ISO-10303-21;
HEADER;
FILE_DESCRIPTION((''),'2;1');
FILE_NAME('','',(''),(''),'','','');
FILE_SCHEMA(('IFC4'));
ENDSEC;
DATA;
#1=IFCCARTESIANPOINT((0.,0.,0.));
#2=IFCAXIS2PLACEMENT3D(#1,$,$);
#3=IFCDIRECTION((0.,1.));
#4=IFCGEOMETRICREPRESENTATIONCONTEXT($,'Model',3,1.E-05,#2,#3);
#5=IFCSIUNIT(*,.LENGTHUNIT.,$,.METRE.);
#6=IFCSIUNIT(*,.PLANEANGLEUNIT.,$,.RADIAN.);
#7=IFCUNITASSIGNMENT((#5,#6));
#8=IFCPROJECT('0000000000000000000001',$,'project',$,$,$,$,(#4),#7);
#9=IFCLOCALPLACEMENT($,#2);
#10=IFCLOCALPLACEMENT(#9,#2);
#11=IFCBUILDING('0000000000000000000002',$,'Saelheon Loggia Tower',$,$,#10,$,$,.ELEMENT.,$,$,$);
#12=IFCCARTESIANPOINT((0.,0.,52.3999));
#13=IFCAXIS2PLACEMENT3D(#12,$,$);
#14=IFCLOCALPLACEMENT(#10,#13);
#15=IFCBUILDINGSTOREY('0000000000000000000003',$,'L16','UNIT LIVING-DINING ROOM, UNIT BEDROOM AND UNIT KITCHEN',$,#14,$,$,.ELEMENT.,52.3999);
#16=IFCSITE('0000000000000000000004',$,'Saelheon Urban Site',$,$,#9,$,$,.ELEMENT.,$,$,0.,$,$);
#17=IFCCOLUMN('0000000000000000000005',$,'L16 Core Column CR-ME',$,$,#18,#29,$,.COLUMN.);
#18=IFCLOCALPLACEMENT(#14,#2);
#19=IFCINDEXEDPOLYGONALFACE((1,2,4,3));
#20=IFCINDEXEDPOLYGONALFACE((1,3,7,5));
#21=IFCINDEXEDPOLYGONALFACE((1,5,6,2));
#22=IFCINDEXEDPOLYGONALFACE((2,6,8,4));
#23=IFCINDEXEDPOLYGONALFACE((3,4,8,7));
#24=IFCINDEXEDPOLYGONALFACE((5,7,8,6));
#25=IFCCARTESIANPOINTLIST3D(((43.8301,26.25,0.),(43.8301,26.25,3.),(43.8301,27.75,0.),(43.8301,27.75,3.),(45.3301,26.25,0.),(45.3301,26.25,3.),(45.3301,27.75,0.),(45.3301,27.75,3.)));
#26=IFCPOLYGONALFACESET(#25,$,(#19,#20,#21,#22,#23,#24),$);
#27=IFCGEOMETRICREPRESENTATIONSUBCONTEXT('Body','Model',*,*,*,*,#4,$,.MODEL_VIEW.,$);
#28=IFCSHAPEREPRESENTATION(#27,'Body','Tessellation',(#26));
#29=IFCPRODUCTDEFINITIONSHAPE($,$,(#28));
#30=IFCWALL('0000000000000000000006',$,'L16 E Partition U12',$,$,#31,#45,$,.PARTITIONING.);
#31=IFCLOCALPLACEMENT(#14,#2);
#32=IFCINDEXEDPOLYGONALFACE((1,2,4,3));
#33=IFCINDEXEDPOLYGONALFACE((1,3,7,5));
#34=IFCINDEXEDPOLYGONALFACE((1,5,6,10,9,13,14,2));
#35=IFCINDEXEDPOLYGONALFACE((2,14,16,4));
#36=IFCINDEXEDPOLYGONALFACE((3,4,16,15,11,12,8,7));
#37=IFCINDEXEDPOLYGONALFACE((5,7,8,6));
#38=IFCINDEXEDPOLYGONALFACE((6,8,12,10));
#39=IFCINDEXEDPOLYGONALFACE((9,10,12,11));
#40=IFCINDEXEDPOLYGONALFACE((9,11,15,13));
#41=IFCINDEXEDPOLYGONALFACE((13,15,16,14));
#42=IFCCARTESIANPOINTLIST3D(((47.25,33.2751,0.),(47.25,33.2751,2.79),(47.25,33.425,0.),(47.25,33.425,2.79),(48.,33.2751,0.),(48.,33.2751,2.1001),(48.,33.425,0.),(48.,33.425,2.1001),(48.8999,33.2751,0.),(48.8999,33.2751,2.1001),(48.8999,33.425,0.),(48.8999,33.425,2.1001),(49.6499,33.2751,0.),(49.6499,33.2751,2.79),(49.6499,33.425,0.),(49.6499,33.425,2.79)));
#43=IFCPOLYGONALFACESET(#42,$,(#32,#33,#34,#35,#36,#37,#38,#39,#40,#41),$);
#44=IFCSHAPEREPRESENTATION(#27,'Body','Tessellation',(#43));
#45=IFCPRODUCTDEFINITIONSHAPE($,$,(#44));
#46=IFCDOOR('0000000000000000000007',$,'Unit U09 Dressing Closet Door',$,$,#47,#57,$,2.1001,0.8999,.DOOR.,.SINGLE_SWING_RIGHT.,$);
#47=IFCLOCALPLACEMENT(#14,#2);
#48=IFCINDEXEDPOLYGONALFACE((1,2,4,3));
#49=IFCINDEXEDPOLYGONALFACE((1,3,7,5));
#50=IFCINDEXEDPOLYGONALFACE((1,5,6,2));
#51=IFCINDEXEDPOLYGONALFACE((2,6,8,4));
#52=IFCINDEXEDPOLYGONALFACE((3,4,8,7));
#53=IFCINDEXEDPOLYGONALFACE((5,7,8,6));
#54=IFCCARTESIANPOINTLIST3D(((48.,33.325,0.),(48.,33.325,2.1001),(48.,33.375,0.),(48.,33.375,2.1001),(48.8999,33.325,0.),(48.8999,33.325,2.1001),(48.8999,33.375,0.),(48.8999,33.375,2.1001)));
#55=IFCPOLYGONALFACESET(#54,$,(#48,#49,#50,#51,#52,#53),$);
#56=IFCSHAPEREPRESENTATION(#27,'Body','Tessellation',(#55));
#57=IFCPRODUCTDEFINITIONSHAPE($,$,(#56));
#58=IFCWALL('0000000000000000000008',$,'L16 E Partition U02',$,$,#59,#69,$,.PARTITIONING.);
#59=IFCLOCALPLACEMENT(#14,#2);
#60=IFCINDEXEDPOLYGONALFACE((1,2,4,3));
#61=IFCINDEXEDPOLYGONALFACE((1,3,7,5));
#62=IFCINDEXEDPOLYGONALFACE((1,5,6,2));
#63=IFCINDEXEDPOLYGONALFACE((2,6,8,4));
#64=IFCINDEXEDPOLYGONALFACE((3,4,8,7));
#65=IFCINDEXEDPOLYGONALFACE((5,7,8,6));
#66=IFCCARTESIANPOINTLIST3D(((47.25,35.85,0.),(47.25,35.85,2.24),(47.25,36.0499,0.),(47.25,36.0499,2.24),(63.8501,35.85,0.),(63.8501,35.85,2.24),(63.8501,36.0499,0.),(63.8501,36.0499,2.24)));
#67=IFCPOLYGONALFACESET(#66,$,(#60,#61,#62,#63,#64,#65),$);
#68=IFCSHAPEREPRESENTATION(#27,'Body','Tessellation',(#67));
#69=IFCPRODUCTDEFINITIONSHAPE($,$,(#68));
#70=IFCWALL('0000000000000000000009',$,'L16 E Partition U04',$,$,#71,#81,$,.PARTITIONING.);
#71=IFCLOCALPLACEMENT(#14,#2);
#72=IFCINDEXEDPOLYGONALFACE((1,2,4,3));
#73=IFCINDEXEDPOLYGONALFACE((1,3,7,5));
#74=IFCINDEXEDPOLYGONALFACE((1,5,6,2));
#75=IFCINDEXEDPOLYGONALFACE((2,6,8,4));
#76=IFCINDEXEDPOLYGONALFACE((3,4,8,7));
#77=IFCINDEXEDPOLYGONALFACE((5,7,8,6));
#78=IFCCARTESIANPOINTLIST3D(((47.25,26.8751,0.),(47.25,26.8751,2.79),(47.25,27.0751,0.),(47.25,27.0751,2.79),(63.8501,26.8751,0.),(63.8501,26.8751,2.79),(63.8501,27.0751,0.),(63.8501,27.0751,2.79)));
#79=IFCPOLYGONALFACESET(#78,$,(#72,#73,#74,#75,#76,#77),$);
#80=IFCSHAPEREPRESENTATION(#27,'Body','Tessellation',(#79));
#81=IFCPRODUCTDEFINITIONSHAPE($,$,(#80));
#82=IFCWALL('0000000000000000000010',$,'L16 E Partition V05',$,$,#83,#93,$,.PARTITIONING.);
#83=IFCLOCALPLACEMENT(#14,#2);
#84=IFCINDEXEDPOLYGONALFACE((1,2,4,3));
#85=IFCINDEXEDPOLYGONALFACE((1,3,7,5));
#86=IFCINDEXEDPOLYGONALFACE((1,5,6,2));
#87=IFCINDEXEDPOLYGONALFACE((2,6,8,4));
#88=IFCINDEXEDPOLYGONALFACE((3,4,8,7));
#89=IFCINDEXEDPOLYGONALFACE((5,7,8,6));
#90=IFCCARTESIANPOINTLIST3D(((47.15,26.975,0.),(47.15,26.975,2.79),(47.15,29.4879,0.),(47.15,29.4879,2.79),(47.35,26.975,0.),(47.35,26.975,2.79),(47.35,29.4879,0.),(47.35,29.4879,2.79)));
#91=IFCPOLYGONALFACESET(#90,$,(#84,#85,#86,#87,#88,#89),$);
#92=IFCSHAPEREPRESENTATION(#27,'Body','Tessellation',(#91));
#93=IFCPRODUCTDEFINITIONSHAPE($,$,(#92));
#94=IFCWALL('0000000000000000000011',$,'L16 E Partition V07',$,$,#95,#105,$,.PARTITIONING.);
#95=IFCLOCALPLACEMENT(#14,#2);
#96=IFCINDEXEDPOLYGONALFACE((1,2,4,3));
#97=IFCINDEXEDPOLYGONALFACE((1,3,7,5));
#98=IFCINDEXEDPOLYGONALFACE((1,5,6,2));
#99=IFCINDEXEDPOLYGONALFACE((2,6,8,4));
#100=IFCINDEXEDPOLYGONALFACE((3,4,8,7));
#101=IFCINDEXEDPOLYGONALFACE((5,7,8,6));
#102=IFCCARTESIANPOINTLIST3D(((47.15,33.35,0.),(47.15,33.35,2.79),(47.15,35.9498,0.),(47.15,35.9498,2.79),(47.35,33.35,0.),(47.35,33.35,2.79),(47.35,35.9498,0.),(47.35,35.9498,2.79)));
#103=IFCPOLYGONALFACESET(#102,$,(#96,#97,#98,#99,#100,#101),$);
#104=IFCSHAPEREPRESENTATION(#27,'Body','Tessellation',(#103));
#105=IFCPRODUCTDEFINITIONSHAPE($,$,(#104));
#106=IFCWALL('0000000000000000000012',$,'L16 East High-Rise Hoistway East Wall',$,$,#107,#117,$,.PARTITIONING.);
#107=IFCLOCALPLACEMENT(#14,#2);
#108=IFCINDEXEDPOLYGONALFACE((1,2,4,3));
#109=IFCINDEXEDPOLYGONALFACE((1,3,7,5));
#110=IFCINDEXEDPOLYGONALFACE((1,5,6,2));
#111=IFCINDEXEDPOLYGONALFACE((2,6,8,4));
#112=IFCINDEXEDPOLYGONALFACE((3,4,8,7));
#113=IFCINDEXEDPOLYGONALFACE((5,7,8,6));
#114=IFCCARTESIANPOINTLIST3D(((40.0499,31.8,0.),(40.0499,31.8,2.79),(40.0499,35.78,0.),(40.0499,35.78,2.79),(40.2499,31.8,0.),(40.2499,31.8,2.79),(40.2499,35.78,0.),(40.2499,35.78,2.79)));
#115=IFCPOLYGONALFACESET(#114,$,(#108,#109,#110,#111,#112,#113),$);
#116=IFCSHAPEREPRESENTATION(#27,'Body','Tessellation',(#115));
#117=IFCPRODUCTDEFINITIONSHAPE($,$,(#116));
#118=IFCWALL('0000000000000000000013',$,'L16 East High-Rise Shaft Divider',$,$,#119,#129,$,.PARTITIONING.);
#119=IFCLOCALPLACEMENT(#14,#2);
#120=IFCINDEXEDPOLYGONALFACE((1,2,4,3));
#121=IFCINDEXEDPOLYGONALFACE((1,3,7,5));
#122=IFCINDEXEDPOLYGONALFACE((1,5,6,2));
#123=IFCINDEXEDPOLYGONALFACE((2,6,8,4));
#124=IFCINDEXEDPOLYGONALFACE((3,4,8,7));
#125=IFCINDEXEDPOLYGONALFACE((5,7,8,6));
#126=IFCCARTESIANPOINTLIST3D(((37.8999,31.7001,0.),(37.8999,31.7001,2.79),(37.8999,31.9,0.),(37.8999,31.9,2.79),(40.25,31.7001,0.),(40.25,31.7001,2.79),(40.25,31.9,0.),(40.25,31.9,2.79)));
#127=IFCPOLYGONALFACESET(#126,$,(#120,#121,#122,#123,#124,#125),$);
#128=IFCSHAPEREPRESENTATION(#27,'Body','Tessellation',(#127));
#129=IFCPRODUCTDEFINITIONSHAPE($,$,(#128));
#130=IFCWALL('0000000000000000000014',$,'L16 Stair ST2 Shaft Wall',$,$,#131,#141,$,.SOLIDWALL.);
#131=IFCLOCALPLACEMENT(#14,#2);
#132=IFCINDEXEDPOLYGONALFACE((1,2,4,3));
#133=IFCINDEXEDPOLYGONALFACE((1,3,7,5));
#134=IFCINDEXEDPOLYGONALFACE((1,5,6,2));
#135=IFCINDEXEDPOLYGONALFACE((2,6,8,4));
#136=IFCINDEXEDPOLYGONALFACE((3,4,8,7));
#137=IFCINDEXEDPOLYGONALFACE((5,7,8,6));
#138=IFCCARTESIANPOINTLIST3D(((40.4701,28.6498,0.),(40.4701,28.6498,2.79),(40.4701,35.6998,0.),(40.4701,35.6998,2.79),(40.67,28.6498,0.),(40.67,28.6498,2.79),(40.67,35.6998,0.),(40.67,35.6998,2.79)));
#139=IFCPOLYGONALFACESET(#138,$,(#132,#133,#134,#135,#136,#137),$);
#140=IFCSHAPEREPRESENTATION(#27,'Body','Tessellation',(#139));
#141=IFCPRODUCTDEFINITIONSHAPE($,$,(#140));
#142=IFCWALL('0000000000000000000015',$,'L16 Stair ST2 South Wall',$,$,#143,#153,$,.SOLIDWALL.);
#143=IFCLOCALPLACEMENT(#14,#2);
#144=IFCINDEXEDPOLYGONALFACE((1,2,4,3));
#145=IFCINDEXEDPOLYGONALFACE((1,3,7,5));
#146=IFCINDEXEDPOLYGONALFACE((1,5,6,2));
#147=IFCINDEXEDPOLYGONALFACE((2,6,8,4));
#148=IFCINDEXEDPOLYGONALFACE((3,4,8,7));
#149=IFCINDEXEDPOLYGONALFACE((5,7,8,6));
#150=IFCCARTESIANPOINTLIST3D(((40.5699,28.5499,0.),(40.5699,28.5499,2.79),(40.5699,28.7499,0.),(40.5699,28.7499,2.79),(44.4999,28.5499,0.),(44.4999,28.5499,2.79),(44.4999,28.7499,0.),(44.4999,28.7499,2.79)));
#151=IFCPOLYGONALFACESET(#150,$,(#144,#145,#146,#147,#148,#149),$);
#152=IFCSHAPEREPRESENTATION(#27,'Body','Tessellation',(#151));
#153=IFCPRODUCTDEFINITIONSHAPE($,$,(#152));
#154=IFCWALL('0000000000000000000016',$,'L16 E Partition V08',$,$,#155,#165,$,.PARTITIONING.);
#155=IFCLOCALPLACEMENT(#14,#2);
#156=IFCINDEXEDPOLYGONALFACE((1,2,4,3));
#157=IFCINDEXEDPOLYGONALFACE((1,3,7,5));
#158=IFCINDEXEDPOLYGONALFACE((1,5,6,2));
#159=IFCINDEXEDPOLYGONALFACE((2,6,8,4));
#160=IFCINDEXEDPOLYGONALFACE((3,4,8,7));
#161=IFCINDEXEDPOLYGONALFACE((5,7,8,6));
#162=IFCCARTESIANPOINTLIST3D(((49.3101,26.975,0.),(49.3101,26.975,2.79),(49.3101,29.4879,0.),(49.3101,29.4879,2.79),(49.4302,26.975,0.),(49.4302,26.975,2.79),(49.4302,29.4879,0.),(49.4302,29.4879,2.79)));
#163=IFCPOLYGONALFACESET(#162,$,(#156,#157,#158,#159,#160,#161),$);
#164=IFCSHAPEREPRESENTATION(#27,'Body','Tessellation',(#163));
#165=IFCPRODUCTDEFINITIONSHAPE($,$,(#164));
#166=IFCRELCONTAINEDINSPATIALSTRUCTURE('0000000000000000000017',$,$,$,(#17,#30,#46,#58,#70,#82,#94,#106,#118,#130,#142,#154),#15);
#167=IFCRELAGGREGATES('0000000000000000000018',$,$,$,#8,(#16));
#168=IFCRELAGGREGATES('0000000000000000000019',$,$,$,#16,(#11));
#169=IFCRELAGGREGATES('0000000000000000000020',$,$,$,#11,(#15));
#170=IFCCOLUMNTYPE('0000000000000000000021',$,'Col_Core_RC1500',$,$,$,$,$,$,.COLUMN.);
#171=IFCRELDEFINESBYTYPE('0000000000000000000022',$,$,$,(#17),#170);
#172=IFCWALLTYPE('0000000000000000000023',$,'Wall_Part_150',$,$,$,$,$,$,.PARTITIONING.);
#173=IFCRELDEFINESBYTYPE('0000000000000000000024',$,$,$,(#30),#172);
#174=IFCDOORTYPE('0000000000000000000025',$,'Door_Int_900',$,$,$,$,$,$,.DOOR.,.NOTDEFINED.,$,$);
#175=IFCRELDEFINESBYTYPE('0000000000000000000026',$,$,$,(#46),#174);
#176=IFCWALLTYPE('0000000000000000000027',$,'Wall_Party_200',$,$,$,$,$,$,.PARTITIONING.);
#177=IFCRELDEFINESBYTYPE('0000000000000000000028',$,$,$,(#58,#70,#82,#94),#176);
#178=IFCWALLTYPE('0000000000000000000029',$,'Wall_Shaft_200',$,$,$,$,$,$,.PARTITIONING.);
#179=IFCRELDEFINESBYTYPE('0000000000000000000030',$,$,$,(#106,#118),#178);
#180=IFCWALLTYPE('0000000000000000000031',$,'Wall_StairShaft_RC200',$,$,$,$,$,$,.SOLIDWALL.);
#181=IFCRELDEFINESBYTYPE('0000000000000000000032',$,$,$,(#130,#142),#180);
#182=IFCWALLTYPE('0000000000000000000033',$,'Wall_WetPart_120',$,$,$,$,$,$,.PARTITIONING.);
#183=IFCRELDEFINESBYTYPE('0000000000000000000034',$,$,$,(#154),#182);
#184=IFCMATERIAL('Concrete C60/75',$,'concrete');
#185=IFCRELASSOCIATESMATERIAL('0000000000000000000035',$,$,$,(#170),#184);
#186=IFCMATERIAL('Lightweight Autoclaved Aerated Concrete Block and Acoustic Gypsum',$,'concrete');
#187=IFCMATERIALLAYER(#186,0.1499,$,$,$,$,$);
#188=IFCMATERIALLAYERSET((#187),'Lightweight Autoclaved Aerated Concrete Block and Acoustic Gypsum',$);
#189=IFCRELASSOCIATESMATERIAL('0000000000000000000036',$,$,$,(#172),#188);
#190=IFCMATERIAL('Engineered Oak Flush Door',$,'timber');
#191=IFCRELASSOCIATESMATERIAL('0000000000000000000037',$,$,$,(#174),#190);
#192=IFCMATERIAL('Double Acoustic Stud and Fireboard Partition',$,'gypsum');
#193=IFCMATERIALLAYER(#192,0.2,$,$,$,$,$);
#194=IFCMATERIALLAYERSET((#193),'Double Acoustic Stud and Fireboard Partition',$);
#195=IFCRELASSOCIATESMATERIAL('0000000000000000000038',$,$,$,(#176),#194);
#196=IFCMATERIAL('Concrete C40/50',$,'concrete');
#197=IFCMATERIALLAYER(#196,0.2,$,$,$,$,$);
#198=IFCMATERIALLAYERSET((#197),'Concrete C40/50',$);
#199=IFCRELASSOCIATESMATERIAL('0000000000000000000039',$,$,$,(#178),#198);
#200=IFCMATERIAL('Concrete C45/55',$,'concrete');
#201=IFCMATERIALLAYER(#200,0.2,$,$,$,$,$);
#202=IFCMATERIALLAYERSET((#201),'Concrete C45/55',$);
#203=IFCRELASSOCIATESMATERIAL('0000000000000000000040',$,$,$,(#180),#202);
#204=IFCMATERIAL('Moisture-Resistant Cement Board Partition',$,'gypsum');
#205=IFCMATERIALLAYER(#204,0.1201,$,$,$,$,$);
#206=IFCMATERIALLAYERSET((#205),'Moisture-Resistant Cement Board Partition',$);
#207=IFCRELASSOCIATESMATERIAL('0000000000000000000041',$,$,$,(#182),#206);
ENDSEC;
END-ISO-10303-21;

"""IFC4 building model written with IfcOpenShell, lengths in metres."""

from ifc_helpers import new_model, si_unit, direction, frame, frame_2d, origin, origin_2d, place, context, subcontext, project, spatial, rectangle, extrude, source, transform, mapped, material, layer, layer_set, material_profile, profile_set, type_object, element, fill, save


model = new_model("IFC4")

# Units and contexts
model_context = context("Model", 3, precision=1e-05, world=origin(), true_north=direction((0.0, 1.0)))
body_context = subcontext(model_context, "Body", "Model", "MODEL_VIEW")
ifc_project = project(units=[si_unit("LENGTHUNIT", "METRE"), si_unit("PLANEANGLEUNIT", "RADIAN")], contexts=[model_context])

# Site, building, storey
site_placement = place(None, origin())
site = spatial("IfcSite", under=ifc_project, at=site_placement, Name="Saelheon Urban Site", CompositionType="ELEMENT", RefElevation=0.0)
building_placement = place(site_placement, origin())
building = spatial("IfcBuilding", under=site, at=building_placement, Name="Saelheon Loggia Tower", CompositionType="ELEMENT")
storey_placement = place(building_placement, frame((0.0, 0.0, 52.3999)))
storey = spatial("IfcBuildingStorey", under=building, at=storey_placement, Name="L16", Description="UNIT LIVING-DINING ROOM, UNIT BEDROOM AND UNIT KITCHEN", CompositionType="ELEMENT", Elevation=52.3999)

# Column
ifc_material_1 = material(Name="Concrete C60/75", Category="concrete")
ifc_material_profile = material_profile(ifc_material_1, rectangle(XDim=1.5, YDim=1.5, at=origin_2d()), Name="RC-1500x1500")
ifc_profile_set = profile_set([ifc_material_profile], Name="Concrete C60/75")
column_type = type_object("IfcColumnType", Name="Col_Core_RC1500", PredefinedType="COLUMN", material=ifc_profile_set)
shared_shape_1 = source(origin(), body_context, "Body", "SweptSolid", [
    extrude(rectangle(XDim=1.5, YDim=1.5, at=origin_2d()), origin(), (0.0, 0.0, 1.0), 3.0),
])
column_placement = place(storey_placement, frame((44.5801, 27.0, 0.0), z_axis=(0.0, 0.0, 1.0), x_axis=(1.0, 0.0, 0.0)))
element("IfcColumn", 1, at=column_placement, inside=storey, type_object=column_type, Name="L16 Core Column CR-ME", PredefinedType="COLUMN", context=body_context, shape_type="MappedRepresentation", body=[
    mapped(shared_shape_1, transform((0.0, 0.0, 0.0), scale=1.0)),
])

# Wall, opening, door
ifc_material_2 = material(Name="Lightweight Autoclaved Aerated Concrete Block and Acoustic Gypsum", Category="concrete")
ifc_layer_1 = layer(ifc_material_2, 0.1499)
ifc_layer_set_1 = layer_set([ifc_layer_1], Name="Lightweight Autoclaved Aerated Concrete Block and Acoustic Gypsum")
wall_type_1 = type_object("IfcWallType", Name="Wall_Part_150", PredefinedType="PARTITIONING", material=ifc_layer_set_1)
wall_1_placement = place(storey_placement, frame((47.25, 33.3501, 0.0), z_axis=(0.0, 0.0, 1.0), x_axis=(1.0, 0.0, 0.0)))
wall_1 = element("IfcWall", 2, at=wall_1_placement, inside=storey, type_object=wall_type_1, Name="L16 E Partition U12", PredefinedType="PARTITIONING", context=body_context, shape_type="SweptSolid", body=[
    extrude(rectangle(XDim=2.3999, YDim=0.1499, at=frame_2d((1.2, 0.0))), origin(), (0.0, 0.0, 1.0), 2.79),
])
opening_1_placement = place(wall_1_placement, frame((0.75, 0.0, 0.0)))
opening_1 = element("IfcOpeningElement", 3, at=opening_1_placement, cuts=wall_1, PredefinedType="OPENING", context=body_context, shape_type="SweptSolid", body=[
    extrude(rectangle(XDim=0.8999, YDim=2.1001, at=frame_2d((0.45, 1.05))), frame((0.0, 0.0869, 0.0), z_axis=(0.0, -1.0, 0.0), x_axis=(1.0, 0.0, 0.0)), (0.0, 0.0, 1.0), 0.1738),
])
ifc_material_3 = material(Name="Engineered Oak Flush Door", Category="timber")
door_type_1 = type_object("IfcDoorType", Name="Door_Int_900", OperationType="NOTDEFINED", PredefinedType="DOOR", material=ifc_material_3)
shared_shape_2 = source(origin(), body_context, "Body", "SweptSolid", [
    extrude(rectangle(XDim=0.8999, YDim=2.1001, at=frame_2d((0.45, 1.05))), frame((0.0, 0.0249, 0.0), z_axis=(0.0, -1.0, 0.0), x_axis=(1.0, 0.0, 0.0)), (0.0, 0.0, 1.0), 0.05),
])
door_1_placement = place(opening_1_placement, origin())
door_1 = element("IfcDoor", 4, at=door_1_placement, inside=storey, type_object=door_type_1, Name="Unit U09 Dressing Closet Door", OperationType="SINGLE_SWING_RIGHT", OverallHeight=2.1001, OverallWidth=0.8999, PredefinedType="DOOR", context=body_context, shape_type="MappedRepresentation", body=[
    mapped(shared_shape_2, transform((0.0, 0.0, 0.0), scale=1.0)),
])
fill(opening_1, door_1)

# Walls
ifc_material_4 = material(Name="Double Acoustic Stud and Fireboard Partition", Category="gypsum")
ifc_layer_2 = layer(ifc_material_4, 0.2)
ifc_layer_set_2 = layer_set([ifc_layer_2], Name="Double Acoustic Stud and Fireboard Partition")
wall_type_2 = type_object("IfcWallType", Name="Wall_Party_200", PredefinedType="PARTITIONING", material=ifc_layer_set_2)
wall_2_placement = place(storey_placement, frame((47.25, 35.95, 0.0), z_axis=(0.0, 0.0, 1.0), x_axis=(1.0, 0.0, 0.0)))
element("IfcWall", 5, at=wall_2_placement, inside=storey, type_object=wall_type_2, Name="L16 E Partition U02", PredefinedType="PARTITIONING", context=body_context, shape_type="SweptSolid", body=[
    extrude(rectangle(XDim=16.6001, YDim=0.2, at=frame_2d((8.3, 0.0))), origin(), (0.0, 0.0, 1.0), 2.24),
])
wall_3_placement = place(storey_placement, frame((47.25, 26.9751, 0.0), z_axis=(0.0, 0.0, 1.0), x_axis=(1.0, 0.0, 0.0)))
element("IfcWall", 6, at=wall_3_placement, inside=storey, type_object=wall_type_2, Name="L16 E Partition U04", PredefinedType="PARTITIONING", context=body_context, shape_type="SweptSolid", body=[
    extrude(rectangle(XDim=16.6001, YDim=0.2, at=frame_2d((8.3, 0.0))), origin(), (0.0, 0.0, 1.0), 2.79),
])
wall_4_placement = place(storey_placement, frame((47.25, 26.9751, 0.0), z_axis=(0.0, 0.0, 1.0), x_axis=(0.0, 1.0, 0.0)))
element("IfcWall", 7, at=wall_4_placement, inside=storey, type_object=wall_type_2, Name="L16 E Partition V05", PredefinedType="PARTITIONING", context=body_context, shape_type="SweptSolid", body=[
    extrude(rectangle(XDim=2.5129, YDim=0.2, at=frame_2d((1.2563, 0.0))), origin(), (0.0, 0.0, 1.0), 2.79),
])

# Walls
wall_5_placement = place(storey_placement, frame((47.25, 33.3501, 0.0), z_axis=(0.0, 0.0, 1.0), x_axis=(0.0, 1.0, 0.0)))
element("IfcWall", 8, at=wall_5_placement, inside=storey, type_object=wall_type_2, Name="L16 E Partition V07", PredefinedType="PARTITIONING", context=body_context, shape_type="SweptSolid", body=[
    extrude(rectangle(XDim=2.5999, YDim=0.2, at=frame_2d((1.2998, 0.0))), origin(), (0.0, 0.0, 1.0), 2.79),
])
ifc_material_5 = material(Name="Concrete C40/50", Category="concrete")
ifc_layer_3 = layer(ifc_material_5, 0.2)
ifc_layer_set_3 = layer_set([ifc_layer_3], Name="Concrete C40/50")
wall_type_3 = type_object("IfcWallType", Name="Wall_Shaft_200", PredefinedType="PARTITIONING", material=ifc_layer_set_3)
wall_6_placement = place(storey_placement, frame((40.1499, 31.8, 0.0), z_axis=(0.0, 0.0, 1.0), x_axis=(0.0, 1.0, 0.0)))
element("IfcWall", 9, at=wall_6_placement, inside=storey, type_object=wall_type_3, Name="L16 East High-Rise Hoistway East Wall", PredefinedType="PARTITIONING", context=body_context, shape_type="SweptSolid", body=[
    extrude(rectangle(XDim=3.98, YDim=0.2, at=frame_2d((1.99, 0.0))), origin(), (0.0, 0.0, 1.0), 2.79),
])
wall_7_placement = place(storey_placement, frame((37.8999, 31.8, 0.0), z_axis=(0.0, 0.0, 1.0), x_axis=(1.0, 0.0, 0.0)))
element("IfcWall", 10, at=wall_7_placement, inside=storey, type_object=wall_type_3, Name="L16 East High-Rise Shaft Divider", PredefinedType="PARTITIONING", context=body_context, shape_type="SweptSolid", body=[
    extrude(rectangle(XDim=2.3501, YDim=0.2, at=frame_2d((1.175, 0.0))), origin(), (0.0, 0.0, 1.0), 2.79),
])
ifc_material_6 = material(Name="Concrete C45/55", Category="concrete")
ifc_layer_4 = layer(ifc_material_6, 0.2)
ifc_layer_set_4 = layer_set([ifc_layer_4], Name="Concrete C45/55")
wall_type_4 = type_object("IfcWallType", Name="Wall_StairShaft_RC200", PredefinedType="SOLIDWALL", material=ifc_layer_set_4)
wall_8_placement = place(storey_placement, frame((40.5701, 28.6499, 0.0), z_axis=(0.0, 0.0, 1.0), x_axis=(0.0, 1.0, 0.0)))
element("IfcWall", 11, at=wall_8_placement, inside=storey, type_object=wall_type_4, Name="L16 Stair ST2 Shaft Wall", PredefinedType="SOLIDWALL", context=body_context, shape_type="SweptSolid", body=[
    extrude(rectangle(XDim=7.05, YDim=0.2, at=frame_2d((3.5249, 0.0))), origin(), (0.0, 0.0, 1.0), 2.79),
])
wall_9_placement = place(storey_placement, frame((40.5701, 28.6499, 0.0), z_axis=(0.0, 0.0, 1.0), x_axis=(1.0, 0.0, 0.0)))
element("IfcWall", 12, at=wall_9_placement, inside=storey, type_object=wall_type_4, Name="L16 Stair ST2 South Wall", PredefinedType="SOLIDWALL", context=body_context, shape_type="SweptSolid", body=[
    extrude(rectangle(XDim=3.9299, YDim=0.2, at=frame_2d((1.9648, 0.0))), origin(), (0.0, 0.0, 1.0), 2.79),
])
ifc_material_7 = material(Name="Moisture-Resistant Cement Board Partition", Category="gypsum")
ifc_layer_5 = layer(ifc_material_7, 0.1201)
ifc_layer_set_5 = layer_set([ifc_layer_5], Name="Moisture-Resistant Cement Board Partition")
wall_type_5 = type_object("IfcWallType", Name="Wall_WetPart_120", PredefinedType="PARTITIONING", material=ifc_layer_set_5)
wall_10_placement = place(storey_placement, frame((49.3701, 26.9751, 0.0), z_axis=(0.0, 0.0, 1.0), x_axis=(0.0, 1.0, 0.0)))
element("IfcWall", 13, at=wall_10_placement, inside=storey, type_object=wall_type_5, Name="L16 E Partition V08", PredefinedType="PARTITIONING", context=body_context, shape_type="SweptSolid", body=[
    extrude(rectangle(XDim=2.5129, YDim=0.1201, at=frame_2d((1.2563, 0.0))), origin(), (0.0, 0.0, 1.0), 2.79),
])

save(model, "model.ifc")
